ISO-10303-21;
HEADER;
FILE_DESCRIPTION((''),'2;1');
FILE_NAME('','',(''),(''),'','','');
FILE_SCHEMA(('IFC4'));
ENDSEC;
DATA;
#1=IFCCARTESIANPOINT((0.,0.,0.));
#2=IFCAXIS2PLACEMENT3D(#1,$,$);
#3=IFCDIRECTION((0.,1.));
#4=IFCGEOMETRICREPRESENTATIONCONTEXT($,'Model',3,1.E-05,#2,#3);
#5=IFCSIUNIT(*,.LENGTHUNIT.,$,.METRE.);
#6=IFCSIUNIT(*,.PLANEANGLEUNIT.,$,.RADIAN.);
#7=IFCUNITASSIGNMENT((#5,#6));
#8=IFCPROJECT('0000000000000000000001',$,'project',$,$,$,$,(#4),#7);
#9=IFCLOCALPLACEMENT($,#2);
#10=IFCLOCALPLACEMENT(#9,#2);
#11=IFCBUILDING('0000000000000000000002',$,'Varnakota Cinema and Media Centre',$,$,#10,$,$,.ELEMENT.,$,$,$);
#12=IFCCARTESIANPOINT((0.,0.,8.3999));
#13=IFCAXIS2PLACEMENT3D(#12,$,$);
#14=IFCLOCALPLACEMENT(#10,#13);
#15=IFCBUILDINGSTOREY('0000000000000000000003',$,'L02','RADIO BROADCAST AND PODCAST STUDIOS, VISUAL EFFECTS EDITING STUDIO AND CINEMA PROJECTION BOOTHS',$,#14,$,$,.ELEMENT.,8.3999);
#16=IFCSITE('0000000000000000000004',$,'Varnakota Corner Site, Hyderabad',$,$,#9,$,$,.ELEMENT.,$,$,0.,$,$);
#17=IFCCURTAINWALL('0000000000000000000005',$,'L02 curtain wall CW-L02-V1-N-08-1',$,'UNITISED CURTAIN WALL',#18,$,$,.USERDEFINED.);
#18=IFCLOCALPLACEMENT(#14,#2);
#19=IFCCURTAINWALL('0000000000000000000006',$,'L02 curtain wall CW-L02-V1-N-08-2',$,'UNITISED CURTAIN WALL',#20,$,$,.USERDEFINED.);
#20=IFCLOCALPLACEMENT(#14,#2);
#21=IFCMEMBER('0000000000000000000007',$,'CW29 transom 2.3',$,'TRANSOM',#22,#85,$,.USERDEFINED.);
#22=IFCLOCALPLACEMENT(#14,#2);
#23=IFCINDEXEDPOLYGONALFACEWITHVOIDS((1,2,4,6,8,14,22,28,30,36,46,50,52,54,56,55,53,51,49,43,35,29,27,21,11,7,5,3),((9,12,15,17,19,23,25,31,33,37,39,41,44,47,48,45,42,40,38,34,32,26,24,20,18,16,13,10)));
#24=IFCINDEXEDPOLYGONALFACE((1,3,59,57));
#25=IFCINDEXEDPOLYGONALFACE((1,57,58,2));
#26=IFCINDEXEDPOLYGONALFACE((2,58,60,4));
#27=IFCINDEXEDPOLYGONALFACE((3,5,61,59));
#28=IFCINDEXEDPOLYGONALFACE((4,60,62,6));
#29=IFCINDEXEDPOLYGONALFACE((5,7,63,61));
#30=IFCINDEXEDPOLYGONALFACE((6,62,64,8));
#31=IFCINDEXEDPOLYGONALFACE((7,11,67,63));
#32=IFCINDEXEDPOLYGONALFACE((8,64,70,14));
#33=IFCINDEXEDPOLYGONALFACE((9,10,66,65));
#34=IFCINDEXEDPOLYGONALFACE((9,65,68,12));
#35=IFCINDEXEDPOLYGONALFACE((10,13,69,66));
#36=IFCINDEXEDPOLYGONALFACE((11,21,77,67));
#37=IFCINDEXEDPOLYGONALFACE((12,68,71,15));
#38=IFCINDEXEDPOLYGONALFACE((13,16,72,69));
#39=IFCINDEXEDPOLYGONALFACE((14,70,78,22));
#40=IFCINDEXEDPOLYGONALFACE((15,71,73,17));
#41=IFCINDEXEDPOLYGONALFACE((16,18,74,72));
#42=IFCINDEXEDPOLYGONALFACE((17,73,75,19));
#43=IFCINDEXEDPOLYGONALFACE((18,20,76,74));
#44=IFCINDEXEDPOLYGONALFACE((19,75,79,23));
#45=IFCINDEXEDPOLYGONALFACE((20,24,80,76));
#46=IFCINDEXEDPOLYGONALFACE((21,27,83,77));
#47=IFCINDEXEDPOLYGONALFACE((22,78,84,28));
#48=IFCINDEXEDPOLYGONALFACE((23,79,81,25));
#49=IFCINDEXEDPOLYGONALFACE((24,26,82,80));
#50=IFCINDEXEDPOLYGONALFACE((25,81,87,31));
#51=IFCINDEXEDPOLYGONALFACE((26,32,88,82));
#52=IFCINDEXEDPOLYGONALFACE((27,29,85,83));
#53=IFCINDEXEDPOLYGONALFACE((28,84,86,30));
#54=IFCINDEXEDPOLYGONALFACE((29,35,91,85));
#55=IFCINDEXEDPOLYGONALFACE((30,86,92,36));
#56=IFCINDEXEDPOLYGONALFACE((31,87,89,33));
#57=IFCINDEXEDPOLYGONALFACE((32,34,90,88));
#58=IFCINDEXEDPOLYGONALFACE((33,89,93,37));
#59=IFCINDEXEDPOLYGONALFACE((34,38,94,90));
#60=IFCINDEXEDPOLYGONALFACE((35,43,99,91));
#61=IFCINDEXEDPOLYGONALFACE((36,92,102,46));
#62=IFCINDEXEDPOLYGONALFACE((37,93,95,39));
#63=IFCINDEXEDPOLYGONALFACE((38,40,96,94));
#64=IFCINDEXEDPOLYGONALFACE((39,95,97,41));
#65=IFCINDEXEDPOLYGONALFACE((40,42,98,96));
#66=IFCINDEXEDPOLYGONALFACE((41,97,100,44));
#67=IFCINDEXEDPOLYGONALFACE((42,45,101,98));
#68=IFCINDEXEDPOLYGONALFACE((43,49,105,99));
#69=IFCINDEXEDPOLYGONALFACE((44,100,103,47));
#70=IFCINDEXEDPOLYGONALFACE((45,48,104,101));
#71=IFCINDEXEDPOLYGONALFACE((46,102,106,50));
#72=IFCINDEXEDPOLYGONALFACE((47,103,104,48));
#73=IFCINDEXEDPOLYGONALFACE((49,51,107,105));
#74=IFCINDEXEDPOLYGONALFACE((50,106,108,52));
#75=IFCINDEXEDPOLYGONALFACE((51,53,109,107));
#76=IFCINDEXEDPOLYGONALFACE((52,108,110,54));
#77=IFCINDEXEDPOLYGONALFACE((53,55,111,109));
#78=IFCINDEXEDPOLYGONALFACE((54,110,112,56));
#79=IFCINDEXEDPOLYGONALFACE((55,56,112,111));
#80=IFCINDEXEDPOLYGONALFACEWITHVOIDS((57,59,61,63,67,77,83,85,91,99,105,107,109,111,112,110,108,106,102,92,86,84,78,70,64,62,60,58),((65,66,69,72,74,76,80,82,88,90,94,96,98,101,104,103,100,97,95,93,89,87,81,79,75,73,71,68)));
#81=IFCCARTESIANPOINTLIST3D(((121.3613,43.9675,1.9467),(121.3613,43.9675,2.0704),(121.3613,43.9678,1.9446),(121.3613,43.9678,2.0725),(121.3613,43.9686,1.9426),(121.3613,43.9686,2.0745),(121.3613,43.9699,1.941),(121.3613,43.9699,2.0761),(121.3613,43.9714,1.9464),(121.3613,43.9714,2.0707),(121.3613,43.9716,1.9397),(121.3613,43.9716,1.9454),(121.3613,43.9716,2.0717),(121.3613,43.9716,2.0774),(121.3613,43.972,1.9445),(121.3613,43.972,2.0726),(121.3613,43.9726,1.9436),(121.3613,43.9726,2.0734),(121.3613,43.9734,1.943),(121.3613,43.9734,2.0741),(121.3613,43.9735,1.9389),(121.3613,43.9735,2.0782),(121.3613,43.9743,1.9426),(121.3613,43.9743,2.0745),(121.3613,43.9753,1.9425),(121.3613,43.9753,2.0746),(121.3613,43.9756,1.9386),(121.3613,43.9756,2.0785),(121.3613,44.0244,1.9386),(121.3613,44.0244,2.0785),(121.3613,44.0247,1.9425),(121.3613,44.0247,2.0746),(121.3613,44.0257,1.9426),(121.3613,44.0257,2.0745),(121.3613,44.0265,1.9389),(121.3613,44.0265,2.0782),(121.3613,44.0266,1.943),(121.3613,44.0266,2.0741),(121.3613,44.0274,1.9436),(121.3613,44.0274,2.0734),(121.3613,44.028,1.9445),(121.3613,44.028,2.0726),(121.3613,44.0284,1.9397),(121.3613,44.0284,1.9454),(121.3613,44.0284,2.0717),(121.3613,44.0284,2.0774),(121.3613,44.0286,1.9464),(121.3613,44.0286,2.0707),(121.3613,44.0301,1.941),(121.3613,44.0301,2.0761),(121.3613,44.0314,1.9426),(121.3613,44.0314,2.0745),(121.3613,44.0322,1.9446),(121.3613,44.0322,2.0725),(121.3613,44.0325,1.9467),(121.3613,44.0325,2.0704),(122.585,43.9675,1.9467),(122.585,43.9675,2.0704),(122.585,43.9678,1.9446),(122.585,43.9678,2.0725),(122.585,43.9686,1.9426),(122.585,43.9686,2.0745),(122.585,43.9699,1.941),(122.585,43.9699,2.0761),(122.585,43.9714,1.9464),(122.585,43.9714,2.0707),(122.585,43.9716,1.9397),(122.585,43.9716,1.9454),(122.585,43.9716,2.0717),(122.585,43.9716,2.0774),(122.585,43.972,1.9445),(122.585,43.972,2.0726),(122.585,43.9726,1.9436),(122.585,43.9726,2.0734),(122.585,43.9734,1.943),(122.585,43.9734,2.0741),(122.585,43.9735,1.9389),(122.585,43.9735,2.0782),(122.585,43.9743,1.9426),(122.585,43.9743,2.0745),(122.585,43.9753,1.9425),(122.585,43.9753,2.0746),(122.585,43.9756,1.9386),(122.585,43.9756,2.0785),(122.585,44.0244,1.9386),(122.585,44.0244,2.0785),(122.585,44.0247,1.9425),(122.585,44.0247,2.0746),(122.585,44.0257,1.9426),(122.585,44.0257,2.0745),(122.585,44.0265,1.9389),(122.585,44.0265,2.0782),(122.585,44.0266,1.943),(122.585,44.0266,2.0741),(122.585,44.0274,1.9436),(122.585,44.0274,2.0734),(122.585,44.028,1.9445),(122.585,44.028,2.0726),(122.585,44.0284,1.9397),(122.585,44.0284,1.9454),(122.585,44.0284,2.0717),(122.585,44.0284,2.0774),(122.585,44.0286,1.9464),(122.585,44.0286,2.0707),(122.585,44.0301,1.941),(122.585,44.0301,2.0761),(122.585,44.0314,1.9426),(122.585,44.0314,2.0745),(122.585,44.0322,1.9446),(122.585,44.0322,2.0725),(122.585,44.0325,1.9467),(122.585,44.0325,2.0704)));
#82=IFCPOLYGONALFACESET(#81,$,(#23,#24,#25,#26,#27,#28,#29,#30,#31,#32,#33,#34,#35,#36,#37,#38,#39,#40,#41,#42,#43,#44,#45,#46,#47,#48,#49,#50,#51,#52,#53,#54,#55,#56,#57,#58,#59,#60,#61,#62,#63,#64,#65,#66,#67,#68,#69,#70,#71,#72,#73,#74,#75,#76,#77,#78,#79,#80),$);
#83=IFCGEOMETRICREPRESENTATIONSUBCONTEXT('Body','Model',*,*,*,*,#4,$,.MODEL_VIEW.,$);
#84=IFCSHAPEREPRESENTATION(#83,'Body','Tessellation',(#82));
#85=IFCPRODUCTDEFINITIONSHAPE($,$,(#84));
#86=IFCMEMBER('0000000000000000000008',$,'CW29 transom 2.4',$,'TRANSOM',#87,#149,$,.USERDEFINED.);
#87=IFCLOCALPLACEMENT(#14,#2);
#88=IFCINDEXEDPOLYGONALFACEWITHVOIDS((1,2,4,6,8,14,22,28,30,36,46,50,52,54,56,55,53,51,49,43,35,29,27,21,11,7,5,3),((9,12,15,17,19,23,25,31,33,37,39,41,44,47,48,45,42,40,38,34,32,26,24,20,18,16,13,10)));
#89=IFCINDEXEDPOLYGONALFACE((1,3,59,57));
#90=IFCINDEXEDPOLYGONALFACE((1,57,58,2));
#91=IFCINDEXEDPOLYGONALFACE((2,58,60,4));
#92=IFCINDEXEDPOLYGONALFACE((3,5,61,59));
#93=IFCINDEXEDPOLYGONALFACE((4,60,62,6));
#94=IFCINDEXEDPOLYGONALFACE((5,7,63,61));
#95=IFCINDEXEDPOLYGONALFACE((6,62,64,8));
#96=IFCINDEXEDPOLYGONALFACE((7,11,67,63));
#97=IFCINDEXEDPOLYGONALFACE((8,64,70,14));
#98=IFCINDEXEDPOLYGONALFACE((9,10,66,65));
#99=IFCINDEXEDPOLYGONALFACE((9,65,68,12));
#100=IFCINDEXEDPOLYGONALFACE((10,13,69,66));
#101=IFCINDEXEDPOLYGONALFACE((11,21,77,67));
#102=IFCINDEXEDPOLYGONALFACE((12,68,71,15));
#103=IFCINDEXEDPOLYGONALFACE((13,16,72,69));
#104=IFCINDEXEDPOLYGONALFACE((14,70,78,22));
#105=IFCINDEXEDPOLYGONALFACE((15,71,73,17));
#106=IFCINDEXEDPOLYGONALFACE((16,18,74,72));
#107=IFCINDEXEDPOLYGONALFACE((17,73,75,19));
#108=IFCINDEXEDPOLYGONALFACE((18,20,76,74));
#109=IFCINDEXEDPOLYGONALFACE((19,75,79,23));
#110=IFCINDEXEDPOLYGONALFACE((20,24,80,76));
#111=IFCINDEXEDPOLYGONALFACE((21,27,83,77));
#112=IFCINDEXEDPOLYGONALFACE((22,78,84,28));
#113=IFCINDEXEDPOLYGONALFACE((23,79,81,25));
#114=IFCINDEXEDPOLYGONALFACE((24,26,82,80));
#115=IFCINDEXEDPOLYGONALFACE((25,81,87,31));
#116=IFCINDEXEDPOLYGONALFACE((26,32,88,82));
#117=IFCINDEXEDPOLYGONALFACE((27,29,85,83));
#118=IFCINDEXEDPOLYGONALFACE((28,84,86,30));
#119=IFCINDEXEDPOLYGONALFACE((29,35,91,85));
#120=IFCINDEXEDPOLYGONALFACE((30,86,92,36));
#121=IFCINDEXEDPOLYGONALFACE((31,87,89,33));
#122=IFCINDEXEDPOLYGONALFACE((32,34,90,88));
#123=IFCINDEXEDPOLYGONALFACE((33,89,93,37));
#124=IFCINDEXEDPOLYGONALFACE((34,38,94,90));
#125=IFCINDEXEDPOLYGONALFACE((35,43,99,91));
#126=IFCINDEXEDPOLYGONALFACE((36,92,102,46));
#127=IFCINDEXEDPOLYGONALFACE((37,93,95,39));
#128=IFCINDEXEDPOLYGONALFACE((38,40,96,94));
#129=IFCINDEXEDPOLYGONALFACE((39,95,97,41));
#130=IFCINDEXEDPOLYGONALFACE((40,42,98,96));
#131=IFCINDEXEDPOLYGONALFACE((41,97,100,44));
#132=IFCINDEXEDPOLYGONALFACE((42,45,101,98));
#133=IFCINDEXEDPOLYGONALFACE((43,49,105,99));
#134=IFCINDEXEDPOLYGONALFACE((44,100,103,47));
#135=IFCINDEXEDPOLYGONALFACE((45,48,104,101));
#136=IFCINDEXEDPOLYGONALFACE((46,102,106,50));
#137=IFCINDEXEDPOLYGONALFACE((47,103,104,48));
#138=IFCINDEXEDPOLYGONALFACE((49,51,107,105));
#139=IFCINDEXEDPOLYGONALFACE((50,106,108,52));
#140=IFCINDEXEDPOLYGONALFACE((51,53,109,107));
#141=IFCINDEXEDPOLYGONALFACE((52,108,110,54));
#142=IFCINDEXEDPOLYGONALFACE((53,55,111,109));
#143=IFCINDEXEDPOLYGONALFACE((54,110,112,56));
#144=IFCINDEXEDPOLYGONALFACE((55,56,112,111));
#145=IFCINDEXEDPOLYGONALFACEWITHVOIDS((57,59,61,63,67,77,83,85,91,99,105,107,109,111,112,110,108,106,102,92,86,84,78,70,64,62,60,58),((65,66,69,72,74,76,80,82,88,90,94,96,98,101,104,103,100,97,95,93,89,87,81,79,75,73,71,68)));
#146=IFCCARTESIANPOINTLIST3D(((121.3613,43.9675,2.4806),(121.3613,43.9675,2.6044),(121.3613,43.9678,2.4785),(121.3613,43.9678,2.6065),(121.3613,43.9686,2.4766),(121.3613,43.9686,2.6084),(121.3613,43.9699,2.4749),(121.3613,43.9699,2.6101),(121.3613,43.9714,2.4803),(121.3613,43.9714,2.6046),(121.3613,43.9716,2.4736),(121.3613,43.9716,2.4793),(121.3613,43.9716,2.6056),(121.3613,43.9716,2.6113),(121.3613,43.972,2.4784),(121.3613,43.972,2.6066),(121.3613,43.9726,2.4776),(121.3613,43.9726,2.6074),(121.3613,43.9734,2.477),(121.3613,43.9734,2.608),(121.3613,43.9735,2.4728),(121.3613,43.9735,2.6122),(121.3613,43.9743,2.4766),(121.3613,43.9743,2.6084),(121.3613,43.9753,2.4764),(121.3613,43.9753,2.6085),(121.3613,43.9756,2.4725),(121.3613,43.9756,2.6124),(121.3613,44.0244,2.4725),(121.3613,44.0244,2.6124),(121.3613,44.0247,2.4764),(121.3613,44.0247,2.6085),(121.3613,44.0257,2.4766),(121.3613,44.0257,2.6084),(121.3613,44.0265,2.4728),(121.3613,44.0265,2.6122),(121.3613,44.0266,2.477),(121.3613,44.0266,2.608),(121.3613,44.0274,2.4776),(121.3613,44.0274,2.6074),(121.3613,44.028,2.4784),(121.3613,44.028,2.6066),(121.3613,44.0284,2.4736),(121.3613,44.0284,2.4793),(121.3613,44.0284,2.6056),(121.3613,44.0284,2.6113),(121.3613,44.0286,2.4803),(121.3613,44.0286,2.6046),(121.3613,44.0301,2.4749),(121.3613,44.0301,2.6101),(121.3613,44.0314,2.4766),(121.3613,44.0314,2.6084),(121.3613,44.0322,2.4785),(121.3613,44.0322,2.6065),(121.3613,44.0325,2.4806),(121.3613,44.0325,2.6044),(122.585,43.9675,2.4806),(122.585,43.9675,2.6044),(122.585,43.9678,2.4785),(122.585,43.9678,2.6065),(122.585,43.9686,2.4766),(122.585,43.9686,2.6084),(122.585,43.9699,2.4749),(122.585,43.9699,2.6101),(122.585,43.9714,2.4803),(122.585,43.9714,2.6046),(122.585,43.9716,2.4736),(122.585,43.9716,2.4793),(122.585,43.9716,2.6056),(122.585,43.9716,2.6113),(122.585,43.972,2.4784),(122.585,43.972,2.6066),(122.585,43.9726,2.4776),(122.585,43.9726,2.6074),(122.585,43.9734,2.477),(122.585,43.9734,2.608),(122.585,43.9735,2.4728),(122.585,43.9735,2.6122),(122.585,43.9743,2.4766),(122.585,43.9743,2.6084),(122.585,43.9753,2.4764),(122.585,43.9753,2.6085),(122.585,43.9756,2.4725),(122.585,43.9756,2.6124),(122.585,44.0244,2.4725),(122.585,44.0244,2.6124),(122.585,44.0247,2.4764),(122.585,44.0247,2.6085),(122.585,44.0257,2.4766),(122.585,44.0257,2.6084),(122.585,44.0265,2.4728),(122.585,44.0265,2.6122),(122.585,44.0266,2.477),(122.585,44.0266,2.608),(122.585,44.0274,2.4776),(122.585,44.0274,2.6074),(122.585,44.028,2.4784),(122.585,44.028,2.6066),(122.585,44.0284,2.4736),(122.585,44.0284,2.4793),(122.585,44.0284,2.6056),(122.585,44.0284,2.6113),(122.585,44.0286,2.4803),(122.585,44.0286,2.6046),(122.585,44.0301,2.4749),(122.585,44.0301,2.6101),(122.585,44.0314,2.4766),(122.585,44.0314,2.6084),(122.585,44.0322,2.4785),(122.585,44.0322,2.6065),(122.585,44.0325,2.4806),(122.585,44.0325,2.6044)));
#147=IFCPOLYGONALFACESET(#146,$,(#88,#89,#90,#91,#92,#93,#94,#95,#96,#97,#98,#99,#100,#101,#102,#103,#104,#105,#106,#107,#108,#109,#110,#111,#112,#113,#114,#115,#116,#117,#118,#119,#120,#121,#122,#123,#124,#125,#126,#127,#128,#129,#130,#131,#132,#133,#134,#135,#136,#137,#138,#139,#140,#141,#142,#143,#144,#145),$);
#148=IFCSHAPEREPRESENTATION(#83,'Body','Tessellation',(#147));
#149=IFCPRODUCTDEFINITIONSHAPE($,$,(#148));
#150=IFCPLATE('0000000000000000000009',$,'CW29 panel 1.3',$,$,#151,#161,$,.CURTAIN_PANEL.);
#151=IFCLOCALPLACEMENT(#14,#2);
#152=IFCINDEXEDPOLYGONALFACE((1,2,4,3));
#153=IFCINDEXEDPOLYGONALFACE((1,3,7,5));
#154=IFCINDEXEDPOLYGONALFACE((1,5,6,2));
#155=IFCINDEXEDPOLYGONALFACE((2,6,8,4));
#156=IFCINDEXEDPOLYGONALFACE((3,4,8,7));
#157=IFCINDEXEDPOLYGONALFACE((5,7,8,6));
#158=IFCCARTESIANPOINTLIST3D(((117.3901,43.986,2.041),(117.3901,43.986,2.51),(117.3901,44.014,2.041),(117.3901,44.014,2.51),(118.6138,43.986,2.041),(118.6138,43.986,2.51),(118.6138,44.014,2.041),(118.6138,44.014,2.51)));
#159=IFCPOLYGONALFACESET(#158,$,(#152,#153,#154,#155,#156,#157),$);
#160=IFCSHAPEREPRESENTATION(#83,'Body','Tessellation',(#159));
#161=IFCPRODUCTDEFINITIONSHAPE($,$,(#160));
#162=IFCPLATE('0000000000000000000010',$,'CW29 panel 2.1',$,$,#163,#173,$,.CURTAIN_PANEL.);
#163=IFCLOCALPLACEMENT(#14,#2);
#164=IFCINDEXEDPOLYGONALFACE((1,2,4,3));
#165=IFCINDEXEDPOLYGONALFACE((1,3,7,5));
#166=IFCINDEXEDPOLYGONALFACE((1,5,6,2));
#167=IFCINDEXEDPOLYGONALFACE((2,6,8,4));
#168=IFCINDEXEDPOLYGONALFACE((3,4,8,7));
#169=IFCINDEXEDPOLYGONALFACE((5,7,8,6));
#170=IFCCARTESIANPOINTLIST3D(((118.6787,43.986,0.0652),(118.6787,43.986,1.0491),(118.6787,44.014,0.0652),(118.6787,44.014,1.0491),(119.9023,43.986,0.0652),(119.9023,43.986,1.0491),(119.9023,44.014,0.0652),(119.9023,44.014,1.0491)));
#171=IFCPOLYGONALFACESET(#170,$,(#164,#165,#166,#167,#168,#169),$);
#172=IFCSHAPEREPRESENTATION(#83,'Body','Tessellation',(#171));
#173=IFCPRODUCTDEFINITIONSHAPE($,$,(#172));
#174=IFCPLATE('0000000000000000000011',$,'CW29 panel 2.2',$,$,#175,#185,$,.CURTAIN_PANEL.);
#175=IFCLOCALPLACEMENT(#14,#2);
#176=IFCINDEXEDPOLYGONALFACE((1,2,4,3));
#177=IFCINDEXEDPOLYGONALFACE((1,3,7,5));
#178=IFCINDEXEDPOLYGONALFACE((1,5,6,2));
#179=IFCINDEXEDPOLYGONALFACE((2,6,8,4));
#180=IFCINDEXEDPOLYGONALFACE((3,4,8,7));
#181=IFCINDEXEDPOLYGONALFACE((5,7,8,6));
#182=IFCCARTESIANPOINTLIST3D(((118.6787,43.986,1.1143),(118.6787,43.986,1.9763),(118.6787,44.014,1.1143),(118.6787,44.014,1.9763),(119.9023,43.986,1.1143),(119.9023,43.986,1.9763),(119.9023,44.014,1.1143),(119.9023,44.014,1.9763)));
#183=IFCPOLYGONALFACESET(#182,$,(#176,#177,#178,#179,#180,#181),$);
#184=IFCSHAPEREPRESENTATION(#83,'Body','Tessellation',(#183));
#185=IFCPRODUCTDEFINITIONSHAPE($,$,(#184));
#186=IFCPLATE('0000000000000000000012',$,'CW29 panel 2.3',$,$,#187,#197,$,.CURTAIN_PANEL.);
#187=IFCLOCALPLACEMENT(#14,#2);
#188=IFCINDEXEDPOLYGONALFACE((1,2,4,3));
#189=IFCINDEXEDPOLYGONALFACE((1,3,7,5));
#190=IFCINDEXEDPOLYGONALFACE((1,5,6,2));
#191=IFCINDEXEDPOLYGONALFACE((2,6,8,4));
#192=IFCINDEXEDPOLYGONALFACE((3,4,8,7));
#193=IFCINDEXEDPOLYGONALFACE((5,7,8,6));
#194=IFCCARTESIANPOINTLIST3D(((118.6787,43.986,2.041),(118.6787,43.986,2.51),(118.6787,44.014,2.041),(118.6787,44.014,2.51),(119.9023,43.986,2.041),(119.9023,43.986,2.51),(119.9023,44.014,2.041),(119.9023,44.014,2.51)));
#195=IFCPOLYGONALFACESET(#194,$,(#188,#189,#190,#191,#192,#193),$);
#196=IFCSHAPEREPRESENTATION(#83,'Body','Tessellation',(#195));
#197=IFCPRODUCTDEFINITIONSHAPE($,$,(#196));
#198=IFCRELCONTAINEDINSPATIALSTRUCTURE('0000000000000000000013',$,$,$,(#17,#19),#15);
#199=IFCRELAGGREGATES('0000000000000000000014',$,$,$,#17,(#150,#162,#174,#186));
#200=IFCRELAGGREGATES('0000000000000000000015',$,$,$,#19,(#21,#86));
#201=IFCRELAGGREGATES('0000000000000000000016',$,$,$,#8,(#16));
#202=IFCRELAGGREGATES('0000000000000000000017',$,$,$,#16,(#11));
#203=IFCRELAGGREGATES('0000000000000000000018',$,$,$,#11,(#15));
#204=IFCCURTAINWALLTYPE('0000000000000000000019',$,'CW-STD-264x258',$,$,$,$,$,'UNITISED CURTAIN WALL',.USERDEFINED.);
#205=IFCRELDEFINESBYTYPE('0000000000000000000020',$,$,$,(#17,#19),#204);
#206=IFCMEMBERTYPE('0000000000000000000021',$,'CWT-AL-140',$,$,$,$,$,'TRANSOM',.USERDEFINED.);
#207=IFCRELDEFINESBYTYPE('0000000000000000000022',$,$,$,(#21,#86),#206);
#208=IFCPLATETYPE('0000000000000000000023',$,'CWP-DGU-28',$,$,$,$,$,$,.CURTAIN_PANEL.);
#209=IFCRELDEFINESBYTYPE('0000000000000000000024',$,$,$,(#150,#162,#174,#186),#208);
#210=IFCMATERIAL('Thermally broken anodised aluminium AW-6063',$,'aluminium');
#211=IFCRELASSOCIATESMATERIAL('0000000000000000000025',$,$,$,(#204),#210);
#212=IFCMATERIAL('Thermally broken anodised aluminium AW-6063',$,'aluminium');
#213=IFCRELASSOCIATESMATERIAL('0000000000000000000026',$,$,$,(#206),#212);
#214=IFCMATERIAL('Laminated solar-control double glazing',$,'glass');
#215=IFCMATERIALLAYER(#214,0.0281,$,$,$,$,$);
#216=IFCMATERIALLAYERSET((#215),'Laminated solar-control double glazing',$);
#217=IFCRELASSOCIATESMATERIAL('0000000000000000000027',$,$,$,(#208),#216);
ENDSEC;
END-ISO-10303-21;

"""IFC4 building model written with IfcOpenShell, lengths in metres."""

from ifc_helpers import new_model, si_unit, direction, frame, origin, origin_2d, place, context, subcontext, project, spatial, rectangle, hollow_rectangle, extrude, material, layer, layer_set, material_profile, profile_set, type_object, element, aggregate, save


model = new_model("IFC4")

# Units and contexts
model_context = context("Model", 3, precision=1e-05, world=origin(), true_north=direction((0.0, 1.0)))
body_context = subcontext(model_context, "Body", "Model", "MODEL_VIEW")
ifc_project = project(units=[si_unit("LENGTHUNIT", "METRE"), si_unit("PLANEANGLEUNIT", "RADIAN")], contexts=[model_context])

# Site, building, storey
site_placement = place(None, origin())
site = spatial("IfcSite", under=ifc_project, at=site_placement, Name="Varnakota Corner Site, Hyderabad", CompositionType="ELEMENT", RefElevation=0.0)
building_placement = place(site_placement, origin())
building = spatial("IfcBuilding", under=site, at=building_placement, Name="Varnakota Cinema and Media Centre", CompositionType="ELEMENT")
storey_placement = place(building_placement, frame((0.0, 0.0, 8.3999)))
storey = spatial("IfcBuildingStorey", under=building, at=storey_placement, Name="L02", Description="RADIO BROADCAST AND PODCAST STUDIOS, VISUAL EFFECTS EDITING STUDIO AND CINEMA PROJECTION BOOTHS", CompositionType="ELEMENT", Elevation=8.3999)

# Curtain walls
ifc_material_1 = material(Name="Thermally broken anodised aluminium AW-6063", Category="aluminium")
curtain_wall_type = type_object("IfcCurtainWallType", Name="CW-STD-264x258", ElementType="UNITISED CURTAIN WALL", PredefinedType="USERDEFINED", material=ifc_material_1)
curtain_wall_1_placement = place(storey_placement, origin())
curtain_wall_1 = element("IfcCurtainWall", 1, at=curtain_wall_1_placement, inside=storey, type_object=curtain_wall_type, Name="L02 curtain wall CW-L02-V1-N-08-1", ObjectType="UNITISED CURTAIN WALL", PredefinedType="USERDEFINED")
curtain_wall_2_placement = place(storey_placement, origin())
curtain_wall_2 = element("IfcCurtainWall", 2, at=curtain_wall_2_placement, inside=storey, type_object=curtain_wall_type, Name="L02 curtain wall CW-L02-V1-N-08-2", ObjectType="UNITISED CURTAIN WALL", PredefinedType="USERDEFINED")

# Members
ifc_material_2 = material(Name="Thermally broken anodised aluminium AW-6063", Category="aluminium")
ifc_material_profile_1 = material_profile(ifc_material_2, hollow_rectangle(XDim=0.0649, YDim=0.1399, WallThickness=0.0039, InnerFilletRadius=0.0039, OuterFilletRadius=0.0081, at=origin_2d()), Name="AL-TRANSOM 140x65x4")
ifc_profile_set_1 = profile_set([ifc_material_profile_1], Name="Thermally broken anodised aluminium AW-6063")
member_type_1 = type_object("IfcMemberType", Name="CWT-AL-140", ElementType="TRANSOM", PredefinedType="USERDEFINED", material=ifc_profile_set_1)
member_1_placement = place(storey_placement, frame((121.3613, 44.0, 2.0085), z_axis=(1.0, 0.0, 0.0), x_axis=(0.0, 1.0, 0.0)))
member_1 = element("IfcMember", 3, at=member_1_placement, type_object=member_type_1, Name="CW29 transom 2.3", ObjectType="TRANSOM", PredefinedType="USERDEFINED", context=body_context, shape_type="SweptSolid", body=[
    extrude(hollow_rectangle(XDim=0.0649, YDim=0.1399, WallThickness=0.0039, InnerFilletRadius=0.0039, OuterFilletRadius=0.0081, at=origin_2d()), origin(), (0.0, 0.0, 1.0), 1.2236),
])
member_2_placement = place(storey_placement, frame((121.3613, 44.0, 2.5425), z_axis=(1.0, 0.0, 0.0), x_axis=(0.0, 1.0, 0.0)))
member_2 = element("IfcMember", 4, at=member_2_placement, type_object=member_type_1, Name="CW29 transom 2.4", ObjectType="TRANSOM", PredefinedType="USERDEFINED", context=body_context, shape_type="SweptSolid", body=[
    extrude(hollow_rectangle(XDim=0.0649, YDim=0.1399, WallThickness=0.0039, InnerFilletRadius=0.0039, OuterFilletRadius=0.0081, at=origin_2d()), origin(), (0.0, 0.0, 1.0), 1.2236),
])

# Plates
ifc_material_3 = material(Name="Laminated solar-control double glazing", Category="glass")
ifc_layer = layer(ifc_material_3, 0.0281)
ifc_layer_set = layer_set([ifc_layer], Name="Laminated solar-control double glazing")
plate_type = type_object("IfcPlateType", Name="CWP-DGU-28", PredefinedType="CURTAIN_PANEL", material=ifc_layer_set)
plate_1_placement = place(storey_placement, frame((118.002, 44.0, 2.041), z_axis=(0.0, 0.0, 1.0), x_axis=(1.0, 0.0, 0.0)))
plate_1 = element("IfcPlate", 5, at=plate_1_placement, type_object=plate_type, Name="CW29 panel 1.3", PredefinedType="CURTAIN_PANEL", context=body_context, shape_type="SweptSolid", body=[
    extrude(rectangle(XDim=1.2236, YDim=0.0281, at=origin_2d()), origin(), (0.0, 0.0, 1.0), 0.469),
])
plate_2_placement = place(storey_placement, frame((119.2905, 44.0, 0.0652), z_axis=(0.0, 0.0, 1.0), x_axis=(1.0, 0.0, 0.0)))
plate_2 = element("IfcPlate", 6, at=plate_2_placement, type_object=plate_type, Name="CW29 panel 2.1", PredefinedType="CURTAIN_PANEL", context=body_context, shape_type="SweptSolid", body=[
    extrude(rectangle(XDim=1.2236, YDim=0.0281, at=origin_2d()), origin(), (0.0, 0.0, 1.0), 0.9839),
])
plate_3_placement = place(storey_placement, frame((119.2905, 44.0, 1.1143), z_axis=(0.0, 0.0, 1.0), x_axis=(1.0, 0.0, 0.0)))
plate_3 = element("IfcPlate", 7, at=plate_3_placement, type_object=plate_type, Name="CW29 panel 2.2", PredefinedType="CURTAIN_PANEL", context=body_context, shape_type="SweptSolid", body=[
    extrude(rectangle(XDim=1.2236, YDim=0.0281, at=origin_2d()), origin(), (0.0, 0.0, 1.0), 0.8621),
])
plate_4_placement = place(storey_placement, frame((119.2905, 44.0, 2.041), z_axis=(0.0, 0.0, 1.0), x_axis=(1.0, 0.0, 0.0)))
plate_4 = element("IfcPlate", 8, at=plate_4_placement, type_object=plate_type, Name="CW29 panel 2.3", PredefinedType="CURTAIN_PANEL", context=body_context, shape_type="SweptSolid", body=[
    extrude(rectangle(XDim=1.2236, YDim=0.0281, at=origin_2d()), origin(), (0.0, 0.0, 1.0), 0.469),
])
aggregate(curtain_wall_1, [plate_1, plate_2, plate_3, plate_4])
aggregate(curtain_wall_2, [member_1, member_2])

save(model, "model.ifc")
